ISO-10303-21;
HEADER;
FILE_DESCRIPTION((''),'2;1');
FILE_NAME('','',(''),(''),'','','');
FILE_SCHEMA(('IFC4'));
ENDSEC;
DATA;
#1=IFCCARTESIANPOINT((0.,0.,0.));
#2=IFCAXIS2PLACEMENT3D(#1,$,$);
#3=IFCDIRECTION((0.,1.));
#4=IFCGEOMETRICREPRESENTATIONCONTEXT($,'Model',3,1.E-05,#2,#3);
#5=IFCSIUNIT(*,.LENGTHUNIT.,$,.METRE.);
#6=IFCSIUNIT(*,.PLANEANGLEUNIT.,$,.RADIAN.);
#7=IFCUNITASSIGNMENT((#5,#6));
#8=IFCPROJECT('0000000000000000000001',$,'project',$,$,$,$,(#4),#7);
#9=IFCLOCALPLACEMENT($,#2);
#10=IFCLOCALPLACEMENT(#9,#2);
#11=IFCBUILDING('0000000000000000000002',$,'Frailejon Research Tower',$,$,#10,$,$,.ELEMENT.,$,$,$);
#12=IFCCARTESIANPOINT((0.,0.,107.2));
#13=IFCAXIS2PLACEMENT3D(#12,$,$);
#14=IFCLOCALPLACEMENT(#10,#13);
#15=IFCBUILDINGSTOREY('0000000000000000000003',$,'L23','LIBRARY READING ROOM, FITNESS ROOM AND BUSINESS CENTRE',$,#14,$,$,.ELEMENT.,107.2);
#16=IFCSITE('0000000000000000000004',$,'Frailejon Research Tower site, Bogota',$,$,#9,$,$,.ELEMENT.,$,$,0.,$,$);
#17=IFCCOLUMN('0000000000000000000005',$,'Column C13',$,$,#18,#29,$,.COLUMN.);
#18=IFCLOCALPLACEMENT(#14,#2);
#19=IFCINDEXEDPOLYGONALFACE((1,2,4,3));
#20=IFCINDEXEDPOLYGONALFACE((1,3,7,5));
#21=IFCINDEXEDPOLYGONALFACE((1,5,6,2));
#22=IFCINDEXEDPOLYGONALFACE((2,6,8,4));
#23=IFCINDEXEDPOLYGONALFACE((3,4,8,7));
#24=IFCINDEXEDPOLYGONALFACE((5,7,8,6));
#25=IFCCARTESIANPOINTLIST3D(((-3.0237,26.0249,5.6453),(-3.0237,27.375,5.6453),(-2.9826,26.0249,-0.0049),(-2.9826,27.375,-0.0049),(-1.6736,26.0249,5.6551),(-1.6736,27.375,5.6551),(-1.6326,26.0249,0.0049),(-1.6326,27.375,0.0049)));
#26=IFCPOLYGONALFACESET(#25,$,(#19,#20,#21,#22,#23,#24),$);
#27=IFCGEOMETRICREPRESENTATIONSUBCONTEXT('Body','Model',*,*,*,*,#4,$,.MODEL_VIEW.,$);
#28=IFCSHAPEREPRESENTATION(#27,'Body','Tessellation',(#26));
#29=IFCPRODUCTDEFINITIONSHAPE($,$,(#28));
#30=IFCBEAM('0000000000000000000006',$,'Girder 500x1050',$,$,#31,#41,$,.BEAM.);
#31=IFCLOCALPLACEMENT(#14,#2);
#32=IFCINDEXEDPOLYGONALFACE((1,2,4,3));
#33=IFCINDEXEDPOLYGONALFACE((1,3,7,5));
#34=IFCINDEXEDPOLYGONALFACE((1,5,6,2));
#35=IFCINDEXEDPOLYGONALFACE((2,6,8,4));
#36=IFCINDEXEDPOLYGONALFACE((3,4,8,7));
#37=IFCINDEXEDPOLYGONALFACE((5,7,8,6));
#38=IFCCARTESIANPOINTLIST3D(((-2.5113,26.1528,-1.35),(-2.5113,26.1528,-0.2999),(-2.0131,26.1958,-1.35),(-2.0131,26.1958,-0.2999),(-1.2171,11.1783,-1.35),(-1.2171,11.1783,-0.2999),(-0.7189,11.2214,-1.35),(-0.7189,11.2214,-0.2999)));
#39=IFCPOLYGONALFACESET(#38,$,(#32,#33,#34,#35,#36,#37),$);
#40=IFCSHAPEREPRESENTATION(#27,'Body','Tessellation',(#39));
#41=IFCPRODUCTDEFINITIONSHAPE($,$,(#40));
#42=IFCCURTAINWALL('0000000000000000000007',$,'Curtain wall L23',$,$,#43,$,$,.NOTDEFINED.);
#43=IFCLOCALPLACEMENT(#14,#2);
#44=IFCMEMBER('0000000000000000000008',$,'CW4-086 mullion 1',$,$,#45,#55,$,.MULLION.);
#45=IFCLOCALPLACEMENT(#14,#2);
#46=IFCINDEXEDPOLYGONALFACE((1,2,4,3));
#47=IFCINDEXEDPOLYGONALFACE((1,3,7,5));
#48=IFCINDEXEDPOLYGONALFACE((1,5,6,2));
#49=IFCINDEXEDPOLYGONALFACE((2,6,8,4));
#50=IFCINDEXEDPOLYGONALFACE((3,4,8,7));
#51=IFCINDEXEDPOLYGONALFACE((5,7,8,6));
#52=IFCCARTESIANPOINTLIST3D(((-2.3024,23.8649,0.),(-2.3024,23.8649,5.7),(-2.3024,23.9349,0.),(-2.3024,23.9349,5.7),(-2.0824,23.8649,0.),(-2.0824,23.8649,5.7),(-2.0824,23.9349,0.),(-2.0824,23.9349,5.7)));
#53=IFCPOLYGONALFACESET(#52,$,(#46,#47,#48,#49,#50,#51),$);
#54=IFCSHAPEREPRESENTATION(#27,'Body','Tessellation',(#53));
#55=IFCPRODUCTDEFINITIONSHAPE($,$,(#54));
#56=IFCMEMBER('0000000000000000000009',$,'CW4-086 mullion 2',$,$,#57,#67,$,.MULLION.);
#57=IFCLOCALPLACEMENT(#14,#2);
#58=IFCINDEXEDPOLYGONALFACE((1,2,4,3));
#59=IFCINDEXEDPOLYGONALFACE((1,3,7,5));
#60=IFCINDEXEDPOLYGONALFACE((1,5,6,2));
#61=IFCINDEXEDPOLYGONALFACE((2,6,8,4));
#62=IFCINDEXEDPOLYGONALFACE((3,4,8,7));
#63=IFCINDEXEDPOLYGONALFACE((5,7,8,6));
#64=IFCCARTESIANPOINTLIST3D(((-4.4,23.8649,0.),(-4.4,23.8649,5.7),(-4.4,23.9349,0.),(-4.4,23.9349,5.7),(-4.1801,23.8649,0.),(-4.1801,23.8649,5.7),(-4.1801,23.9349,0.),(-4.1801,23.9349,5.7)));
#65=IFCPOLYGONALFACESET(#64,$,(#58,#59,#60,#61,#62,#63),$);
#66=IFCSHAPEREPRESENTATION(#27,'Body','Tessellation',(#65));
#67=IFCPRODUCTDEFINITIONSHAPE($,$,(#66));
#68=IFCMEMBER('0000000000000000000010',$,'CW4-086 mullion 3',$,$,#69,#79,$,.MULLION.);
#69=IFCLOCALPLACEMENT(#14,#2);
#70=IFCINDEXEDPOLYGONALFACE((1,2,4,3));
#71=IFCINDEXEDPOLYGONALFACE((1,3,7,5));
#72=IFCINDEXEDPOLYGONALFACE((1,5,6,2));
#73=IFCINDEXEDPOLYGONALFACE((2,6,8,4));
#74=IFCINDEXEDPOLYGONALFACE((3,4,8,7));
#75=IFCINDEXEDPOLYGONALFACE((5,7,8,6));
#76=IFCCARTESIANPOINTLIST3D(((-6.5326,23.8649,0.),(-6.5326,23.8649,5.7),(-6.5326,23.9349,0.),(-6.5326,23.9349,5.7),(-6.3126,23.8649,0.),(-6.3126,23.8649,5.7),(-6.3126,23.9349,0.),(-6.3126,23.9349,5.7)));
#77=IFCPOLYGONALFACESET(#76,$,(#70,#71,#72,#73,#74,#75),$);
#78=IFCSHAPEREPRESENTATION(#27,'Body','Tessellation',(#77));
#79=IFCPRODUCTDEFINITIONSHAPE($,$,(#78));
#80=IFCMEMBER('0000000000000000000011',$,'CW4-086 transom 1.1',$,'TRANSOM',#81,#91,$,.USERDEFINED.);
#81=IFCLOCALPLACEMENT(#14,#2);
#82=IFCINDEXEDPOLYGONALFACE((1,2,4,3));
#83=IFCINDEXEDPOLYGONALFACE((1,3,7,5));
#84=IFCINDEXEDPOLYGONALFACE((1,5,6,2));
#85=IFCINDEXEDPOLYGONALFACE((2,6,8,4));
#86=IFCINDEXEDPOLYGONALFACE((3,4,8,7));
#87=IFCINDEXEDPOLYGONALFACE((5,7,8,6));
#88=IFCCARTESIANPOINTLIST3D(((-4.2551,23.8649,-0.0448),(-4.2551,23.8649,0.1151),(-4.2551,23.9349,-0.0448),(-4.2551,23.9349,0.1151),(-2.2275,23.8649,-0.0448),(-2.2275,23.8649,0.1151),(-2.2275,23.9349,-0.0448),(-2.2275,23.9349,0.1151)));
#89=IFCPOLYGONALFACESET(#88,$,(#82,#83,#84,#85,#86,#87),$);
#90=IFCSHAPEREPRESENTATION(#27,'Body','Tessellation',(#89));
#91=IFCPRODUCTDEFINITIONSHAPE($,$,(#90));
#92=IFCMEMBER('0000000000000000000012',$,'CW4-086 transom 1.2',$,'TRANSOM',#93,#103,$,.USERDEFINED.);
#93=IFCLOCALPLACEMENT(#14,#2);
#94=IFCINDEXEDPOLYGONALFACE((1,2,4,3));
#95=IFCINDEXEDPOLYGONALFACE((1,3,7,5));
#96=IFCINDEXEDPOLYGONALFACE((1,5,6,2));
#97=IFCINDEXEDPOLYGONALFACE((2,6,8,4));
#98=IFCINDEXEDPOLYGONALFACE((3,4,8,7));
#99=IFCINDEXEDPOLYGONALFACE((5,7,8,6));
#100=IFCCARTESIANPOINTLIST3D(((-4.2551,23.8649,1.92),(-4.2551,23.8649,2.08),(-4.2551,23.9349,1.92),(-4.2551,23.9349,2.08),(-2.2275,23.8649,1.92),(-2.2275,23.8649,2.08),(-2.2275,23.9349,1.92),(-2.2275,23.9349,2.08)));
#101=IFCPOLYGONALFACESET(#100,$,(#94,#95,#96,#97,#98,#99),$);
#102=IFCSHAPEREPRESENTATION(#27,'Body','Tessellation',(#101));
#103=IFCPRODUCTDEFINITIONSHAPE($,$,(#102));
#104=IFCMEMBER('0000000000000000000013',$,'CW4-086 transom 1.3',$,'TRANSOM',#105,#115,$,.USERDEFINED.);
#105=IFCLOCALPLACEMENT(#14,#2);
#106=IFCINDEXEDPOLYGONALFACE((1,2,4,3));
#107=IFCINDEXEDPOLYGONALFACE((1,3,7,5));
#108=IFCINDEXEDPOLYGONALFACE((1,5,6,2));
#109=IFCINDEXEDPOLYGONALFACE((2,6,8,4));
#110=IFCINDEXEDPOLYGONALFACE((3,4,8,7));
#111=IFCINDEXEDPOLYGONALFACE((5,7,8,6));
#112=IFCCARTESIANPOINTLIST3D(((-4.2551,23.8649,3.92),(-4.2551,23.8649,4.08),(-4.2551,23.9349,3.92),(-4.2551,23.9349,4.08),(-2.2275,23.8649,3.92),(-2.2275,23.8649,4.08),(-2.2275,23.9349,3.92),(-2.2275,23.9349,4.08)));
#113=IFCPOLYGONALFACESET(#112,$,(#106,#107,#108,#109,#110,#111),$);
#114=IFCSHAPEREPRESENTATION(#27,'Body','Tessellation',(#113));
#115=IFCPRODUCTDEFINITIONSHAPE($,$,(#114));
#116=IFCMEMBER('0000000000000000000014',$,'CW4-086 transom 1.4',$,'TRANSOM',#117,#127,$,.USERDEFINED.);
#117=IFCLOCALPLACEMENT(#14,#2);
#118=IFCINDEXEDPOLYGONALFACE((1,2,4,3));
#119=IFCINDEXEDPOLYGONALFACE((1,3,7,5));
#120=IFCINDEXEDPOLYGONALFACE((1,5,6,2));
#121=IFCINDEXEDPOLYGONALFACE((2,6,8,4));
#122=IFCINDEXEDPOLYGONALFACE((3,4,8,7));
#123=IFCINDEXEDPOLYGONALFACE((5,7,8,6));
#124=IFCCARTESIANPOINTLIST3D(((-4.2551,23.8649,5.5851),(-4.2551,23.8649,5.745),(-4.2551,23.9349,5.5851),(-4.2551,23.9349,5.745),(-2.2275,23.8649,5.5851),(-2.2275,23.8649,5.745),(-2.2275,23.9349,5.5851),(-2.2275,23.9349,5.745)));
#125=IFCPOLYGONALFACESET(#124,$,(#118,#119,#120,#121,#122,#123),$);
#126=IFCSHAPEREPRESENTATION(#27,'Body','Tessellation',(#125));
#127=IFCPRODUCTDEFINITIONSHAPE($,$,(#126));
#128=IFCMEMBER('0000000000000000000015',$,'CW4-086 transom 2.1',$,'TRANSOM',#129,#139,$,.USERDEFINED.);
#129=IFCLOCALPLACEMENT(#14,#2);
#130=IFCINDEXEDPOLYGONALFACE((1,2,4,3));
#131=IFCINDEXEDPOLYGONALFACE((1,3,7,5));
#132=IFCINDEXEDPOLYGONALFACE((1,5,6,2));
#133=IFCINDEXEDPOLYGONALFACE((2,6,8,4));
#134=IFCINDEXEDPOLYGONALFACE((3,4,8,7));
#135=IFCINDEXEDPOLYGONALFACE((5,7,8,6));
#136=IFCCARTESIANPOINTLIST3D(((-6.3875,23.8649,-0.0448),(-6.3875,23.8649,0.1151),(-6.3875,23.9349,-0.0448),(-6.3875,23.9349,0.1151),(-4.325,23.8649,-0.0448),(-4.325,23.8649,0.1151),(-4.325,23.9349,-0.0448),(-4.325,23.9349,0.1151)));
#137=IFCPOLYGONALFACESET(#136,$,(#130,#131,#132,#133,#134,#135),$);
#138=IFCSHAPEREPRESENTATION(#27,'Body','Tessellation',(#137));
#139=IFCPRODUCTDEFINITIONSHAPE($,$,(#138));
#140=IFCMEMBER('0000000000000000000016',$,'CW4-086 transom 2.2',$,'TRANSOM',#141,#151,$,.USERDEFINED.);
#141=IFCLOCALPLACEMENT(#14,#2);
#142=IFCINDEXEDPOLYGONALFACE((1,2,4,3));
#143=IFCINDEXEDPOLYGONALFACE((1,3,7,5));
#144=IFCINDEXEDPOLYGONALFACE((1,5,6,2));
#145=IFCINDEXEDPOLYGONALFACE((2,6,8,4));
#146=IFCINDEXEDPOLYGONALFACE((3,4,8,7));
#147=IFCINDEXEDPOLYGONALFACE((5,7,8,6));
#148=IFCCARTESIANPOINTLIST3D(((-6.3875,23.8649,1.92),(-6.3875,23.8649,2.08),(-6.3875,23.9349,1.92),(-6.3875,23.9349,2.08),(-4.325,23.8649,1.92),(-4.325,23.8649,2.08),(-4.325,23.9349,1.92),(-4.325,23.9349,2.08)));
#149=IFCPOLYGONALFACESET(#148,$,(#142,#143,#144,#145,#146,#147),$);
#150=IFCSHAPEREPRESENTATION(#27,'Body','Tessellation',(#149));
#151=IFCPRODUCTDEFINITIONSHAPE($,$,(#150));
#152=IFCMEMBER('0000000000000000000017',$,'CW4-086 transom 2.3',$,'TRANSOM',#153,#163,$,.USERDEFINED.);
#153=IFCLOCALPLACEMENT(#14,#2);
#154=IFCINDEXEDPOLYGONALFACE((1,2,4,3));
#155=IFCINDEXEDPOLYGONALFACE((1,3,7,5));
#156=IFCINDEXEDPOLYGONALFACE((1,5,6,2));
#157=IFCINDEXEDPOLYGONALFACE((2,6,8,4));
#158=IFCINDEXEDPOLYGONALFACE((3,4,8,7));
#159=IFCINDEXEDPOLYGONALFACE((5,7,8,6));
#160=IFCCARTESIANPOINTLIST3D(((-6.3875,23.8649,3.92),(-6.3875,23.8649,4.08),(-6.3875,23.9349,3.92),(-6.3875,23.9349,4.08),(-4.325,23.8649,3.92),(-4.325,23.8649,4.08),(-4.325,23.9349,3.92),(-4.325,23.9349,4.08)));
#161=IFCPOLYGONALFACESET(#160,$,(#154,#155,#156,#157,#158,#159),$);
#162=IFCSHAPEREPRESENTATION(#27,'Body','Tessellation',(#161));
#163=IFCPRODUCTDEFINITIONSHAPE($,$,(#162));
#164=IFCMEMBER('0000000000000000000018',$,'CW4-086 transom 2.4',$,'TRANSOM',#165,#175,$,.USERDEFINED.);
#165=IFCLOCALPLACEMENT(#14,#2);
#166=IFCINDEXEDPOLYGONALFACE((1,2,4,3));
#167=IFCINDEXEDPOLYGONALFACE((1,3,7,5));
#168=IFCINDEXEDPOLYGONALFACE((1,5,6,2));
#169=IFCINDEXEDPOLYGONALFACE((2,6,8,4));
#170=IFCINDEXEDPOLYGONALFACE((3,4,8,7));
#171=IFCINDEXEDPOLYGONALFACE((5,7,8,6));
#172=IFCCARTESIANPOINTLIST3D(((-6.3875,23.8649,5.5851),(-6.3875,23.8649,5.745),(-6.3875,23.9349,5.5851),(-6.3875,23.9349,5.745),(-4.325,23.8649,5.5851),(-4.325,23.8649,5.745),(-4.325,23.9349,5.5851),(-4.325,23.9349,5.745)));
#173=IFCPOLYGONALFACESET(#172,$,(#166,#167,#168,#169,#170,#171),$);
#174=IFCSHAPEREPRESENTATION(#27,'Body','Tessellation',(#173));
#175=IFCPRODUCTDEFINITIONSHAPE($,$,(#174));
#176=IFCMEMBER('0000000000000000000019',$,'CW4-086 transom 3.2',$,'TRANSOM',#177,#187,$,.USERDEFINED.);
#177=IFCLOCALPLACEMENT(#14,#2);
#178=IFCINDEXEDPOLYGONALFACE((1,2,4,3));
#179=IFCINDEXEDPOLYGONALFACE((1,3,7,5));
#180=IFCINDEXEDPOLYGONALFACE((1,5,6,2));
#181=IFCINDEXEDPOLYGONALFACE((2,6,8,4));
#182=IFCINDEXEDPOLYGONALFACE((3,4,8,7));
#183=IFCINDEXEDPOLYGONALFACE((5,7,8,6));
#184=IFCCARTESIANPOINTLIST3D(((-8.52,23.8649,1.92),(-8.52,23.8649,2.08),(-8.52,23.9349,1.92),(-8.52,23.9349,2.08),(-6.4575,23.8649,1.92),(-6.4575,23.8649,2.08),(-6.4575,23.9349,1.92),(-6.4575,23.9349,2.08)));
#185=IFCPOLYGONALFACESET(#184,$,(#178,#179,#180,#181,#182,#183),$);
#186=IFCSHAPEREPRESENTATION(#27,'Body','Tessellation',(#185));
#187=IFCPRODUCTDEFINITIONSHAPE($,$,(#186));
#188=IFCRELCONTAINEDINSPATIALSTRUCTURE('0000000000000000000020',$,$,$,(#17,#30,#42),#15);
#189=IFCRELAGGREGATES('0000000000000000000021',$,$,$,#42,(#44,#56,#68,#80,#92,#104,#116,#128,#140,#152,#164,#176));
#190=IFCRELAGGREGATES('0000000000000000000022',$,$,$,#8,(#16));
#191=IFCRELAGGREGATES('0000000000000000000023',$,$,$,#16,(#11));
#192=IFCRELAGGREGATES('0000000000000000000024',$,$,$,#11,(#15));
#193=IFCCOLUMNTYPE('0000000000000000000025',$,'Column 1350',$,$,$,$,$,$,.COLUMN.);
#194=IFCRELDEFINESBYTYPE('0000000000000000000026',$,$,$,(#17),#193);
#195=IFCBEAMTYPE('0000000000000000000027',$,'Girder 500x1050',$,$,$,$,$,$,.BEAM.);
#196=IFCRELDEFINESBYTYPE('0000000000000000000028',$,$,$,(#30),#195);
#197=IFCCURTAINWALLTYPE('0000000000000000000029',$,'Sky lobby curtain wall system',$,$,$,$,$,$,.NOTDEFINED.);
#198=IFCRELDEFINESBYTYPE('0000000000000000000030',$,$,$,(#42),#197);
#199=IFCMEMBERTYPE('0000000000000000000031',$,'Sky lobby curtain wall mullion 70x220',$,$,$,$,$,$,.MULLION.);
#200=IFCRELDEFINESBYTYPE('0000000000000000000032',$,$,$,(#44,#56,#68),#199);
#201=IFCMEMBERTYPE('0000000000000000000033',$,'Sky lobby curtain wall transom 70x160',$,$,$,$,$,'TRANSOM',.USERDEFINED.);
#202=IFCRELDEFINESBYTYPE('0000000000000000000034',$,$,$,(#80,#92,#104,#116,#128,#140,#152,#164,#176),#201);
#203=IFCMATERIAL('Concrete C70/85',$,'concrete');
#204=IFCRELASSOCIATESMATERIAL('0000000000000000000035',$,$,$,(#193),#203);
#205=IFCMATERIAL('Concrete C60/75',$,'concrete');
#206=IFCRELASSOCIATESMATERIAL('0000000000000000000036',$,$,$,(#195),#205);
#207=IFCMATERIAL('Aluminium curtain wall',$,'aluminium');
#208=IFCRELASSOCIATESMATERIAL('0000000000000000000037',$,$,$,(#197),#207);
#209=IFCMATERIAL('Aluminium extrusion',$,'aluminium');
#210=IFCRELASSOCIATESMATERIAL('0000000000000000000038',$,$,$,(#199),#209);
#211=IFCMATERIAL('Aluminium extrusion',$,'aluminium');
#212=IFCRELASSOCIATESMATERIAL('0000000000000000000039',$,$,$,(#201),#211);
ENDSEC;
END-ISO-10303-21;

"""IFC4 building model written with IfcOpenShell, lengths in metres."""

from ifc_helpers import new_model, si_unit, direction, frame, origin, origin_2d, place, context, subcontext, project, spatial, rectangle, extrude, material, material_profile, profile_set, type_object, element, aggregate, save


model = new_model("IFC4")

# Units and contexts
model_context = context("Model", 3, precision=1e-05, world=origin(), true_north=direction((0.0, 1.0)))
body_context = subcontext(model_context, "Body", "Model", "MODEL_VIEW")
ifc_project = project(units=[si_unit("LENGTHUNIT", "METRE"), si_unit("PLANEANGLEUNIT", "RADIAN")], contexts=[model_context])

# Site, building, storey
site_placement = place(None, origin())
site = spatial("IfcSite", under=ifc_project, at=site_placement, Name="Frailejon Research Tower site, Bogota", CompositionType="ELEMENT", RefElevation=0.0)
building_placement = place(site_placement, origin())
building = spatial("IfcBuilding", under=site, at=building_placement, Name="Frailejon Research Tower", CompositionType="ELEMENT")
storey_placement = place(building_placement, frame((0.0, 0.0, 107.2)))
storey = spatial("IfcBuildingStorey", under=building, at=storey_placement, Name="L23", Description="LIBRARY READING ROOM, FITNESS ROOM AND BUSINESS CENTRE", CompositionType="ELEMENT", Elevation=107.2)

# Column
ifc_material_1 = material(Name="Concrete C70/85", Category="concrete")
ifc_material_profile_1 = material_profile(ifc_material_1, rectangle(XDim=1.3501, YDim=1.3501, at=origin_2d()), Name="Column 1350")
ifc_profile_set_1 = profile_set([ifc_material_profile_1], Name="Concrete C70/85")
column_type = type_object("IfcColumnType", Name="Column 1350", PredefinedType="COLUMN", material=ifc_profile_set_1)
column_placement = place(storey_placement, frame((-2.3076, 26.7, 0.0), z_axis=(-0.007259, 0.0, 0.999974), x_axis=(-0.999974, 0.0, -0.007259)))
element("IfcColumn", 1, at=column_placement, inside=storey, type_object=column_type, Name="Column C13", PredefinedType="COLUMN", context=body_context, shape_type="SweptSolid", body=[
    extrude(rectangle(XDim=1.3501, YDim=1.3501, at=origin_2d()), origin(), (0.0, 0.0, 1.0), 5.6504),
])

# Beam
ifc_material_2 = material(Name="Concrete C60/75", Category="concrete")
ifc_material_profile_2 = material_profile(ifc_material_2, rectangle(XDim=0.5, YDim=1.05, at=origin_2d()), Name="Girder 500x1050")
ifc_profile_set_2 = profile_set([ifc_material_profile_2], Name="Concrete C60/75")
beam_type_1 = type_object("IfcBeamType", Name="Girder 500x1050", PredefinedType="BEAM", material=ifc_profile_set_2)
beam_1_placement = place(storey_placement, frame((-2.2622, 26.1743, -0.825), z_axis=(0.086106, -0.996286, 0.0), x_axis=(0.996286, 0.086106, 0.0)))
element("IfcBeam", 2, at=beam_1_placement, inside=storey, type_object=beam_type_1, Name="Girder 500x1050", PredefinedType="BEAM", context=body_context, shape_type="SweptSolid", body=[
    extrude(rectangle(XDim=0.5, YDim=1.05, at=origin_2d()), origin(), (0.0, 0.0, 1.0), 15.0303),
])

# Curtain wall, members
ifc_material_3 = material(Name="Aluminium curtain wall", Category="aluminium")
curtain_wall_type = type_object("IfcCurtainWallType", Name="Sky lobby curtain wall system", PredefinedType="NOTDEFINED", material=ifc_material_3)
curtain_wall_placement = place(storey_placement, origin())
curtain_wall = element("IfcCurtainWall", 3, at=curtain_wall_placement, inside=storey, type_object=curtain_wall_type, Name="Curtain wall L23", PredefinedType="NOTDEFINED")
ifc_material_4 = material(Name="Aluminium extrusion", Category="aluminium")
ifc_material_profile_3 = material_profile(ifc_material_4, rectangle(XDim=0.0701, YDim=0.22, at=origin_2d()), Name="Sky lobby curtain wall mullion 70x220")
ifc_profile_set_3 = profile_set([ifc_material_profile_3], Name="Aluminium extrusion")
member_type_1 = type_object("IfcMemberType", Name="Sky lobby curtain wall mullion 70x220", PredefinedType="MULLION", material=ifc_profile_set_3)
member_1_placement = place(storey_placement, frame((-2.1924, 23.8999, 0.0), z_axis=(0.0, 0.0, 1.0), x_axis=(0.0, -1.0, 0.0)))
member_1 = element("IfcMember", 4, at=member_1_placement, type_object=member_type_1, Name="CW4-086 mullion 1", PredefinedType="MULLION", context=body_context, shape_type="SweptSolid", body=[
    extrude(rectangle(XDim=0.0701, YDim=0.22, at=origin_2d()), origin(), (0.0, 0.0, 1.0), 5.7),
])
member_2_placement = place(storey_placement, frame((-4.29, 23.8999, 0.0), z_axis=(0.0, 0.0, 1.0), x_axis=(0.0, -1.0, 0.0)))
member_2 = element("IfcMember", 5, at=member_2_placement, type_object=member_type_1, Name="CW4-086 mullion 2", PredefinedType="MULLION", context=body_context, shape_type="SweptSolid", body=[
    extrude(rectangle(XDim=0.0701, YDim=0.22, at=origin_2d()), origin(), (0.0, 0.0, 1.0), 5.7),
])
member_3_placement = place(storey_placement, frame((-6.4226, 23.8999, 0.0), z_axis=(0.0, 0.0, 1.0), x_axis=(0.0, -1.0, 0.0)))
member_3 = element("IfcMember", 6, at=member_3_placement, type_object=member_type_1, Name="CW4-086 mullion 3", PredefinedType="MULLION", context=body_context, shape_type="SweptSolid", body=[
    extrude(rectangle(XDim=0.0701, YDim=0.22, at=origin_2d()), origin(), (0.0, 0.0, 1.0), 5.7),
])
ifc_material_5 = material(Name="Aluminium extrusion", Category="aluminium")
ifc_material_profile_4 = material_profile(ifc_material_5, rectangle(XDim=0.0701, YDim=0.1599, at=origin_2d()), Name="Sky lobby curtain wall transom 70x160")
ifc_profile_set_4 = profile_set([ifc_material_profile_4], Name="Aluminium extrusion")
member_type_2 = type_object("IfcMemberType", Name="Sky lobby curtain wall transom 70x160", ElementType="TRANSOM", PredefinedType="USERDEFINED", material=ifc_profile_set_4)
member_4_placement = place(storey_placement, frame((-2.2275, 23.8999, 0.0352), z_axis=(-1.0, 0.0, 0.0), x_axis=(0.0, -1.0, 0.0)))
member_4 = element("IfcMember", 7, at=member_4_placement, type_object=member_type_2, Name="CW4-086 transom 1.1", ObjectType="TRANSOM", PredefinedType="USERDEFINED", context=body_context, shape_type="SweptSolid", body=[
    extrude(rectangle(XDim=0.0701, YDim=0.1599, at=origin_2d()), origin(), (0.0, 0.0, 1.0), 2.0276),
])
member_5_placement = place(storey_placement, frame((-2.2275, 23.8999, 2.0), z_axis=(-1.0, 0.0, 0.0), x_axis=(0.0, -1.0, 0.0)))
member_5 = element("IfcMember", 8, at=member_5_placement, type_object=member_type_2, Name="CW4-086 transom 1.2", ObjectType="TRANSOM", PredefinedType="USERDEFINED", context=body_context, shape_type="SweptSolid", body=[
    extrude(rectangle(XDim=0.0701, YDim=0.1599, at=origin_2d()), origin(), (0.0, 0.0, 1.0), 2.0276),
])
member_6_placement = place(storey_placement, frame((-2.2275, 23.8999, 4.0), z_axis=(-1.0, 0.0, 0.0), x_axis=(0.0, -1.0, 0.0)))
member_6 = element("IfcMember", 9, at=member_6_placement, type_object=member_type_2, Name="CW4-086 transom 1.3", ObjectType="TRANSOM", PredefinedType="USERDEFINED", context=body_context, shape_type="SweptSolid", body=[
    extrude(rectangle(XDim=0.0701, YDim=0.1599, at=origin_2d()), origin(), (0.0, 0.0, 1.0), 2.0276),
])
member_7_placement = place(storey_placement, frame((-2.2275, 23.8999, 5.665), z_axis=(-1.0, 0.0, 0.0), x_axis=(0.0, -1.0, 0.0)))
member_7 = element("IfcMember", 10, at=member_7_placement, type_object=member_type_2, Name="CW4-086 transom 1.4", ObjectType="TRANSOM", PredefinedType="USERDEFINED", context=body_context, shape_type="SweptSolid", body=[
    extrude(rectangle(XDim=0.0701, YDim=0.1599, at=origin_2d()), origin(), (0.0, 0.0, 1.0), 2.0276),
])
member_8_placement = place(storey_placement, frame((-4.325, 23.8999, 0.0352), z_axis=(-1.0, 0.0, 0.0), x_axis=(0.0, -1.0, 0.0)))
member_8 = element("IfcMember", 11, at=member_8_placement, type_object=member_type_2, Name="CW4-086 transom 2.1", ObjectType="TRANSOM", PredefinedType="USERDEFINED", context=body_context, shape_type="SweptSolid", body=[
    extrude(rectangle(XDim=0.0701, YDim=0.1599, at=origin_2d()), origin(), (0.0, 0.0, 1.0), 2.0625),
])
member_9_placement = place(storey_placement, frame((-4.325, 23.8999, 2.0), z_axis=(-1.0, 0.0, 0.0), x_axis=(0.0, -1.0, 0.0)))
member_9 = element("IfcMember", 12, at=member_9_placement, type_object=member_type_2, Name="CW4-086 transom 2.2", ObjectType="TRANSOM", PredefinedType="USERDEFINED", context=body_context, shape_type="SweptSolid", body=[
    extrude(rectangle(XDim=0.0701, YDim=0.1599, at=origin_2d()), origin(), (0.0, 0.0, 1.0), 2.0625),
])
member_10_placement = place(storey_placement, frame((-4.325, 23.8999, 4.0), z_axis=(-1.0, 0.0, 0.0), x_axis=(0.0, -1.0, 0.0)))
member_10 = element("IfcMember", 13, at=member_10_placement, type_object=member_type_2, Name="CW4-086 transom 2.3", ObjectType="TRANSOM", PredefinedType="USERDEFINED", context=body_context, shape_type="SweptSolid", body=[
    extrude(rectangle(XDim=0.0701, YDim=0.1599, at=origin_2d()), origin(), (0.0, 0.0, 1.0), 2.0625),
])
member_11_placement = place(storey_placement, frame((-4.325, 23.8999, 5.665), z_axis=(-1.0, 0.0, 0.0), x_axis=(0.0, -1.0, 0.0)))
member_11 = element("IfcMember", 14, at=member_11_placement, type_object=member_type_2, Name="CW4-086 transom 2.4", ObjectType="TRANSOM", PredefinedType="USERDEFINED", context=body_context, shape_type="SweptSolid", body=[
    extrude(rectangle(XDim=0.0701, YDim=0.1599, at=origin_2d()), origin(), (0.0, 0.0, 1.0), 2.0625),
])
member_12_placement = place(storey_placement, frame((-6.4575, 23.8999, 2.0), z_axis=(-1.0, 0.0, 0.0), x_axis=(0.0, -1.0, 0.0)))
member_12 = element("IfcMember", 15, at=member_12_placement, type_object=member_type_2, Name="CW4-086 transom 3.2", ObjectType="TRANSOM", PredefinedType="USERDEFINED", context=body_context, shape_type="SweptSolid", body=[
    extrude(rectangle(XDim=0.0701, YDim=0.1599, at=origin_2d()), origin(), (0.0, 0.0, 1.0), 2.0625),
])

aggregate(curtain_wall, [member_1, member_2, member_3, member_4, member_5, member_6, member_7, member_8, member_9, member_10, member_11, member_12])

save(model, "model.ifc")
